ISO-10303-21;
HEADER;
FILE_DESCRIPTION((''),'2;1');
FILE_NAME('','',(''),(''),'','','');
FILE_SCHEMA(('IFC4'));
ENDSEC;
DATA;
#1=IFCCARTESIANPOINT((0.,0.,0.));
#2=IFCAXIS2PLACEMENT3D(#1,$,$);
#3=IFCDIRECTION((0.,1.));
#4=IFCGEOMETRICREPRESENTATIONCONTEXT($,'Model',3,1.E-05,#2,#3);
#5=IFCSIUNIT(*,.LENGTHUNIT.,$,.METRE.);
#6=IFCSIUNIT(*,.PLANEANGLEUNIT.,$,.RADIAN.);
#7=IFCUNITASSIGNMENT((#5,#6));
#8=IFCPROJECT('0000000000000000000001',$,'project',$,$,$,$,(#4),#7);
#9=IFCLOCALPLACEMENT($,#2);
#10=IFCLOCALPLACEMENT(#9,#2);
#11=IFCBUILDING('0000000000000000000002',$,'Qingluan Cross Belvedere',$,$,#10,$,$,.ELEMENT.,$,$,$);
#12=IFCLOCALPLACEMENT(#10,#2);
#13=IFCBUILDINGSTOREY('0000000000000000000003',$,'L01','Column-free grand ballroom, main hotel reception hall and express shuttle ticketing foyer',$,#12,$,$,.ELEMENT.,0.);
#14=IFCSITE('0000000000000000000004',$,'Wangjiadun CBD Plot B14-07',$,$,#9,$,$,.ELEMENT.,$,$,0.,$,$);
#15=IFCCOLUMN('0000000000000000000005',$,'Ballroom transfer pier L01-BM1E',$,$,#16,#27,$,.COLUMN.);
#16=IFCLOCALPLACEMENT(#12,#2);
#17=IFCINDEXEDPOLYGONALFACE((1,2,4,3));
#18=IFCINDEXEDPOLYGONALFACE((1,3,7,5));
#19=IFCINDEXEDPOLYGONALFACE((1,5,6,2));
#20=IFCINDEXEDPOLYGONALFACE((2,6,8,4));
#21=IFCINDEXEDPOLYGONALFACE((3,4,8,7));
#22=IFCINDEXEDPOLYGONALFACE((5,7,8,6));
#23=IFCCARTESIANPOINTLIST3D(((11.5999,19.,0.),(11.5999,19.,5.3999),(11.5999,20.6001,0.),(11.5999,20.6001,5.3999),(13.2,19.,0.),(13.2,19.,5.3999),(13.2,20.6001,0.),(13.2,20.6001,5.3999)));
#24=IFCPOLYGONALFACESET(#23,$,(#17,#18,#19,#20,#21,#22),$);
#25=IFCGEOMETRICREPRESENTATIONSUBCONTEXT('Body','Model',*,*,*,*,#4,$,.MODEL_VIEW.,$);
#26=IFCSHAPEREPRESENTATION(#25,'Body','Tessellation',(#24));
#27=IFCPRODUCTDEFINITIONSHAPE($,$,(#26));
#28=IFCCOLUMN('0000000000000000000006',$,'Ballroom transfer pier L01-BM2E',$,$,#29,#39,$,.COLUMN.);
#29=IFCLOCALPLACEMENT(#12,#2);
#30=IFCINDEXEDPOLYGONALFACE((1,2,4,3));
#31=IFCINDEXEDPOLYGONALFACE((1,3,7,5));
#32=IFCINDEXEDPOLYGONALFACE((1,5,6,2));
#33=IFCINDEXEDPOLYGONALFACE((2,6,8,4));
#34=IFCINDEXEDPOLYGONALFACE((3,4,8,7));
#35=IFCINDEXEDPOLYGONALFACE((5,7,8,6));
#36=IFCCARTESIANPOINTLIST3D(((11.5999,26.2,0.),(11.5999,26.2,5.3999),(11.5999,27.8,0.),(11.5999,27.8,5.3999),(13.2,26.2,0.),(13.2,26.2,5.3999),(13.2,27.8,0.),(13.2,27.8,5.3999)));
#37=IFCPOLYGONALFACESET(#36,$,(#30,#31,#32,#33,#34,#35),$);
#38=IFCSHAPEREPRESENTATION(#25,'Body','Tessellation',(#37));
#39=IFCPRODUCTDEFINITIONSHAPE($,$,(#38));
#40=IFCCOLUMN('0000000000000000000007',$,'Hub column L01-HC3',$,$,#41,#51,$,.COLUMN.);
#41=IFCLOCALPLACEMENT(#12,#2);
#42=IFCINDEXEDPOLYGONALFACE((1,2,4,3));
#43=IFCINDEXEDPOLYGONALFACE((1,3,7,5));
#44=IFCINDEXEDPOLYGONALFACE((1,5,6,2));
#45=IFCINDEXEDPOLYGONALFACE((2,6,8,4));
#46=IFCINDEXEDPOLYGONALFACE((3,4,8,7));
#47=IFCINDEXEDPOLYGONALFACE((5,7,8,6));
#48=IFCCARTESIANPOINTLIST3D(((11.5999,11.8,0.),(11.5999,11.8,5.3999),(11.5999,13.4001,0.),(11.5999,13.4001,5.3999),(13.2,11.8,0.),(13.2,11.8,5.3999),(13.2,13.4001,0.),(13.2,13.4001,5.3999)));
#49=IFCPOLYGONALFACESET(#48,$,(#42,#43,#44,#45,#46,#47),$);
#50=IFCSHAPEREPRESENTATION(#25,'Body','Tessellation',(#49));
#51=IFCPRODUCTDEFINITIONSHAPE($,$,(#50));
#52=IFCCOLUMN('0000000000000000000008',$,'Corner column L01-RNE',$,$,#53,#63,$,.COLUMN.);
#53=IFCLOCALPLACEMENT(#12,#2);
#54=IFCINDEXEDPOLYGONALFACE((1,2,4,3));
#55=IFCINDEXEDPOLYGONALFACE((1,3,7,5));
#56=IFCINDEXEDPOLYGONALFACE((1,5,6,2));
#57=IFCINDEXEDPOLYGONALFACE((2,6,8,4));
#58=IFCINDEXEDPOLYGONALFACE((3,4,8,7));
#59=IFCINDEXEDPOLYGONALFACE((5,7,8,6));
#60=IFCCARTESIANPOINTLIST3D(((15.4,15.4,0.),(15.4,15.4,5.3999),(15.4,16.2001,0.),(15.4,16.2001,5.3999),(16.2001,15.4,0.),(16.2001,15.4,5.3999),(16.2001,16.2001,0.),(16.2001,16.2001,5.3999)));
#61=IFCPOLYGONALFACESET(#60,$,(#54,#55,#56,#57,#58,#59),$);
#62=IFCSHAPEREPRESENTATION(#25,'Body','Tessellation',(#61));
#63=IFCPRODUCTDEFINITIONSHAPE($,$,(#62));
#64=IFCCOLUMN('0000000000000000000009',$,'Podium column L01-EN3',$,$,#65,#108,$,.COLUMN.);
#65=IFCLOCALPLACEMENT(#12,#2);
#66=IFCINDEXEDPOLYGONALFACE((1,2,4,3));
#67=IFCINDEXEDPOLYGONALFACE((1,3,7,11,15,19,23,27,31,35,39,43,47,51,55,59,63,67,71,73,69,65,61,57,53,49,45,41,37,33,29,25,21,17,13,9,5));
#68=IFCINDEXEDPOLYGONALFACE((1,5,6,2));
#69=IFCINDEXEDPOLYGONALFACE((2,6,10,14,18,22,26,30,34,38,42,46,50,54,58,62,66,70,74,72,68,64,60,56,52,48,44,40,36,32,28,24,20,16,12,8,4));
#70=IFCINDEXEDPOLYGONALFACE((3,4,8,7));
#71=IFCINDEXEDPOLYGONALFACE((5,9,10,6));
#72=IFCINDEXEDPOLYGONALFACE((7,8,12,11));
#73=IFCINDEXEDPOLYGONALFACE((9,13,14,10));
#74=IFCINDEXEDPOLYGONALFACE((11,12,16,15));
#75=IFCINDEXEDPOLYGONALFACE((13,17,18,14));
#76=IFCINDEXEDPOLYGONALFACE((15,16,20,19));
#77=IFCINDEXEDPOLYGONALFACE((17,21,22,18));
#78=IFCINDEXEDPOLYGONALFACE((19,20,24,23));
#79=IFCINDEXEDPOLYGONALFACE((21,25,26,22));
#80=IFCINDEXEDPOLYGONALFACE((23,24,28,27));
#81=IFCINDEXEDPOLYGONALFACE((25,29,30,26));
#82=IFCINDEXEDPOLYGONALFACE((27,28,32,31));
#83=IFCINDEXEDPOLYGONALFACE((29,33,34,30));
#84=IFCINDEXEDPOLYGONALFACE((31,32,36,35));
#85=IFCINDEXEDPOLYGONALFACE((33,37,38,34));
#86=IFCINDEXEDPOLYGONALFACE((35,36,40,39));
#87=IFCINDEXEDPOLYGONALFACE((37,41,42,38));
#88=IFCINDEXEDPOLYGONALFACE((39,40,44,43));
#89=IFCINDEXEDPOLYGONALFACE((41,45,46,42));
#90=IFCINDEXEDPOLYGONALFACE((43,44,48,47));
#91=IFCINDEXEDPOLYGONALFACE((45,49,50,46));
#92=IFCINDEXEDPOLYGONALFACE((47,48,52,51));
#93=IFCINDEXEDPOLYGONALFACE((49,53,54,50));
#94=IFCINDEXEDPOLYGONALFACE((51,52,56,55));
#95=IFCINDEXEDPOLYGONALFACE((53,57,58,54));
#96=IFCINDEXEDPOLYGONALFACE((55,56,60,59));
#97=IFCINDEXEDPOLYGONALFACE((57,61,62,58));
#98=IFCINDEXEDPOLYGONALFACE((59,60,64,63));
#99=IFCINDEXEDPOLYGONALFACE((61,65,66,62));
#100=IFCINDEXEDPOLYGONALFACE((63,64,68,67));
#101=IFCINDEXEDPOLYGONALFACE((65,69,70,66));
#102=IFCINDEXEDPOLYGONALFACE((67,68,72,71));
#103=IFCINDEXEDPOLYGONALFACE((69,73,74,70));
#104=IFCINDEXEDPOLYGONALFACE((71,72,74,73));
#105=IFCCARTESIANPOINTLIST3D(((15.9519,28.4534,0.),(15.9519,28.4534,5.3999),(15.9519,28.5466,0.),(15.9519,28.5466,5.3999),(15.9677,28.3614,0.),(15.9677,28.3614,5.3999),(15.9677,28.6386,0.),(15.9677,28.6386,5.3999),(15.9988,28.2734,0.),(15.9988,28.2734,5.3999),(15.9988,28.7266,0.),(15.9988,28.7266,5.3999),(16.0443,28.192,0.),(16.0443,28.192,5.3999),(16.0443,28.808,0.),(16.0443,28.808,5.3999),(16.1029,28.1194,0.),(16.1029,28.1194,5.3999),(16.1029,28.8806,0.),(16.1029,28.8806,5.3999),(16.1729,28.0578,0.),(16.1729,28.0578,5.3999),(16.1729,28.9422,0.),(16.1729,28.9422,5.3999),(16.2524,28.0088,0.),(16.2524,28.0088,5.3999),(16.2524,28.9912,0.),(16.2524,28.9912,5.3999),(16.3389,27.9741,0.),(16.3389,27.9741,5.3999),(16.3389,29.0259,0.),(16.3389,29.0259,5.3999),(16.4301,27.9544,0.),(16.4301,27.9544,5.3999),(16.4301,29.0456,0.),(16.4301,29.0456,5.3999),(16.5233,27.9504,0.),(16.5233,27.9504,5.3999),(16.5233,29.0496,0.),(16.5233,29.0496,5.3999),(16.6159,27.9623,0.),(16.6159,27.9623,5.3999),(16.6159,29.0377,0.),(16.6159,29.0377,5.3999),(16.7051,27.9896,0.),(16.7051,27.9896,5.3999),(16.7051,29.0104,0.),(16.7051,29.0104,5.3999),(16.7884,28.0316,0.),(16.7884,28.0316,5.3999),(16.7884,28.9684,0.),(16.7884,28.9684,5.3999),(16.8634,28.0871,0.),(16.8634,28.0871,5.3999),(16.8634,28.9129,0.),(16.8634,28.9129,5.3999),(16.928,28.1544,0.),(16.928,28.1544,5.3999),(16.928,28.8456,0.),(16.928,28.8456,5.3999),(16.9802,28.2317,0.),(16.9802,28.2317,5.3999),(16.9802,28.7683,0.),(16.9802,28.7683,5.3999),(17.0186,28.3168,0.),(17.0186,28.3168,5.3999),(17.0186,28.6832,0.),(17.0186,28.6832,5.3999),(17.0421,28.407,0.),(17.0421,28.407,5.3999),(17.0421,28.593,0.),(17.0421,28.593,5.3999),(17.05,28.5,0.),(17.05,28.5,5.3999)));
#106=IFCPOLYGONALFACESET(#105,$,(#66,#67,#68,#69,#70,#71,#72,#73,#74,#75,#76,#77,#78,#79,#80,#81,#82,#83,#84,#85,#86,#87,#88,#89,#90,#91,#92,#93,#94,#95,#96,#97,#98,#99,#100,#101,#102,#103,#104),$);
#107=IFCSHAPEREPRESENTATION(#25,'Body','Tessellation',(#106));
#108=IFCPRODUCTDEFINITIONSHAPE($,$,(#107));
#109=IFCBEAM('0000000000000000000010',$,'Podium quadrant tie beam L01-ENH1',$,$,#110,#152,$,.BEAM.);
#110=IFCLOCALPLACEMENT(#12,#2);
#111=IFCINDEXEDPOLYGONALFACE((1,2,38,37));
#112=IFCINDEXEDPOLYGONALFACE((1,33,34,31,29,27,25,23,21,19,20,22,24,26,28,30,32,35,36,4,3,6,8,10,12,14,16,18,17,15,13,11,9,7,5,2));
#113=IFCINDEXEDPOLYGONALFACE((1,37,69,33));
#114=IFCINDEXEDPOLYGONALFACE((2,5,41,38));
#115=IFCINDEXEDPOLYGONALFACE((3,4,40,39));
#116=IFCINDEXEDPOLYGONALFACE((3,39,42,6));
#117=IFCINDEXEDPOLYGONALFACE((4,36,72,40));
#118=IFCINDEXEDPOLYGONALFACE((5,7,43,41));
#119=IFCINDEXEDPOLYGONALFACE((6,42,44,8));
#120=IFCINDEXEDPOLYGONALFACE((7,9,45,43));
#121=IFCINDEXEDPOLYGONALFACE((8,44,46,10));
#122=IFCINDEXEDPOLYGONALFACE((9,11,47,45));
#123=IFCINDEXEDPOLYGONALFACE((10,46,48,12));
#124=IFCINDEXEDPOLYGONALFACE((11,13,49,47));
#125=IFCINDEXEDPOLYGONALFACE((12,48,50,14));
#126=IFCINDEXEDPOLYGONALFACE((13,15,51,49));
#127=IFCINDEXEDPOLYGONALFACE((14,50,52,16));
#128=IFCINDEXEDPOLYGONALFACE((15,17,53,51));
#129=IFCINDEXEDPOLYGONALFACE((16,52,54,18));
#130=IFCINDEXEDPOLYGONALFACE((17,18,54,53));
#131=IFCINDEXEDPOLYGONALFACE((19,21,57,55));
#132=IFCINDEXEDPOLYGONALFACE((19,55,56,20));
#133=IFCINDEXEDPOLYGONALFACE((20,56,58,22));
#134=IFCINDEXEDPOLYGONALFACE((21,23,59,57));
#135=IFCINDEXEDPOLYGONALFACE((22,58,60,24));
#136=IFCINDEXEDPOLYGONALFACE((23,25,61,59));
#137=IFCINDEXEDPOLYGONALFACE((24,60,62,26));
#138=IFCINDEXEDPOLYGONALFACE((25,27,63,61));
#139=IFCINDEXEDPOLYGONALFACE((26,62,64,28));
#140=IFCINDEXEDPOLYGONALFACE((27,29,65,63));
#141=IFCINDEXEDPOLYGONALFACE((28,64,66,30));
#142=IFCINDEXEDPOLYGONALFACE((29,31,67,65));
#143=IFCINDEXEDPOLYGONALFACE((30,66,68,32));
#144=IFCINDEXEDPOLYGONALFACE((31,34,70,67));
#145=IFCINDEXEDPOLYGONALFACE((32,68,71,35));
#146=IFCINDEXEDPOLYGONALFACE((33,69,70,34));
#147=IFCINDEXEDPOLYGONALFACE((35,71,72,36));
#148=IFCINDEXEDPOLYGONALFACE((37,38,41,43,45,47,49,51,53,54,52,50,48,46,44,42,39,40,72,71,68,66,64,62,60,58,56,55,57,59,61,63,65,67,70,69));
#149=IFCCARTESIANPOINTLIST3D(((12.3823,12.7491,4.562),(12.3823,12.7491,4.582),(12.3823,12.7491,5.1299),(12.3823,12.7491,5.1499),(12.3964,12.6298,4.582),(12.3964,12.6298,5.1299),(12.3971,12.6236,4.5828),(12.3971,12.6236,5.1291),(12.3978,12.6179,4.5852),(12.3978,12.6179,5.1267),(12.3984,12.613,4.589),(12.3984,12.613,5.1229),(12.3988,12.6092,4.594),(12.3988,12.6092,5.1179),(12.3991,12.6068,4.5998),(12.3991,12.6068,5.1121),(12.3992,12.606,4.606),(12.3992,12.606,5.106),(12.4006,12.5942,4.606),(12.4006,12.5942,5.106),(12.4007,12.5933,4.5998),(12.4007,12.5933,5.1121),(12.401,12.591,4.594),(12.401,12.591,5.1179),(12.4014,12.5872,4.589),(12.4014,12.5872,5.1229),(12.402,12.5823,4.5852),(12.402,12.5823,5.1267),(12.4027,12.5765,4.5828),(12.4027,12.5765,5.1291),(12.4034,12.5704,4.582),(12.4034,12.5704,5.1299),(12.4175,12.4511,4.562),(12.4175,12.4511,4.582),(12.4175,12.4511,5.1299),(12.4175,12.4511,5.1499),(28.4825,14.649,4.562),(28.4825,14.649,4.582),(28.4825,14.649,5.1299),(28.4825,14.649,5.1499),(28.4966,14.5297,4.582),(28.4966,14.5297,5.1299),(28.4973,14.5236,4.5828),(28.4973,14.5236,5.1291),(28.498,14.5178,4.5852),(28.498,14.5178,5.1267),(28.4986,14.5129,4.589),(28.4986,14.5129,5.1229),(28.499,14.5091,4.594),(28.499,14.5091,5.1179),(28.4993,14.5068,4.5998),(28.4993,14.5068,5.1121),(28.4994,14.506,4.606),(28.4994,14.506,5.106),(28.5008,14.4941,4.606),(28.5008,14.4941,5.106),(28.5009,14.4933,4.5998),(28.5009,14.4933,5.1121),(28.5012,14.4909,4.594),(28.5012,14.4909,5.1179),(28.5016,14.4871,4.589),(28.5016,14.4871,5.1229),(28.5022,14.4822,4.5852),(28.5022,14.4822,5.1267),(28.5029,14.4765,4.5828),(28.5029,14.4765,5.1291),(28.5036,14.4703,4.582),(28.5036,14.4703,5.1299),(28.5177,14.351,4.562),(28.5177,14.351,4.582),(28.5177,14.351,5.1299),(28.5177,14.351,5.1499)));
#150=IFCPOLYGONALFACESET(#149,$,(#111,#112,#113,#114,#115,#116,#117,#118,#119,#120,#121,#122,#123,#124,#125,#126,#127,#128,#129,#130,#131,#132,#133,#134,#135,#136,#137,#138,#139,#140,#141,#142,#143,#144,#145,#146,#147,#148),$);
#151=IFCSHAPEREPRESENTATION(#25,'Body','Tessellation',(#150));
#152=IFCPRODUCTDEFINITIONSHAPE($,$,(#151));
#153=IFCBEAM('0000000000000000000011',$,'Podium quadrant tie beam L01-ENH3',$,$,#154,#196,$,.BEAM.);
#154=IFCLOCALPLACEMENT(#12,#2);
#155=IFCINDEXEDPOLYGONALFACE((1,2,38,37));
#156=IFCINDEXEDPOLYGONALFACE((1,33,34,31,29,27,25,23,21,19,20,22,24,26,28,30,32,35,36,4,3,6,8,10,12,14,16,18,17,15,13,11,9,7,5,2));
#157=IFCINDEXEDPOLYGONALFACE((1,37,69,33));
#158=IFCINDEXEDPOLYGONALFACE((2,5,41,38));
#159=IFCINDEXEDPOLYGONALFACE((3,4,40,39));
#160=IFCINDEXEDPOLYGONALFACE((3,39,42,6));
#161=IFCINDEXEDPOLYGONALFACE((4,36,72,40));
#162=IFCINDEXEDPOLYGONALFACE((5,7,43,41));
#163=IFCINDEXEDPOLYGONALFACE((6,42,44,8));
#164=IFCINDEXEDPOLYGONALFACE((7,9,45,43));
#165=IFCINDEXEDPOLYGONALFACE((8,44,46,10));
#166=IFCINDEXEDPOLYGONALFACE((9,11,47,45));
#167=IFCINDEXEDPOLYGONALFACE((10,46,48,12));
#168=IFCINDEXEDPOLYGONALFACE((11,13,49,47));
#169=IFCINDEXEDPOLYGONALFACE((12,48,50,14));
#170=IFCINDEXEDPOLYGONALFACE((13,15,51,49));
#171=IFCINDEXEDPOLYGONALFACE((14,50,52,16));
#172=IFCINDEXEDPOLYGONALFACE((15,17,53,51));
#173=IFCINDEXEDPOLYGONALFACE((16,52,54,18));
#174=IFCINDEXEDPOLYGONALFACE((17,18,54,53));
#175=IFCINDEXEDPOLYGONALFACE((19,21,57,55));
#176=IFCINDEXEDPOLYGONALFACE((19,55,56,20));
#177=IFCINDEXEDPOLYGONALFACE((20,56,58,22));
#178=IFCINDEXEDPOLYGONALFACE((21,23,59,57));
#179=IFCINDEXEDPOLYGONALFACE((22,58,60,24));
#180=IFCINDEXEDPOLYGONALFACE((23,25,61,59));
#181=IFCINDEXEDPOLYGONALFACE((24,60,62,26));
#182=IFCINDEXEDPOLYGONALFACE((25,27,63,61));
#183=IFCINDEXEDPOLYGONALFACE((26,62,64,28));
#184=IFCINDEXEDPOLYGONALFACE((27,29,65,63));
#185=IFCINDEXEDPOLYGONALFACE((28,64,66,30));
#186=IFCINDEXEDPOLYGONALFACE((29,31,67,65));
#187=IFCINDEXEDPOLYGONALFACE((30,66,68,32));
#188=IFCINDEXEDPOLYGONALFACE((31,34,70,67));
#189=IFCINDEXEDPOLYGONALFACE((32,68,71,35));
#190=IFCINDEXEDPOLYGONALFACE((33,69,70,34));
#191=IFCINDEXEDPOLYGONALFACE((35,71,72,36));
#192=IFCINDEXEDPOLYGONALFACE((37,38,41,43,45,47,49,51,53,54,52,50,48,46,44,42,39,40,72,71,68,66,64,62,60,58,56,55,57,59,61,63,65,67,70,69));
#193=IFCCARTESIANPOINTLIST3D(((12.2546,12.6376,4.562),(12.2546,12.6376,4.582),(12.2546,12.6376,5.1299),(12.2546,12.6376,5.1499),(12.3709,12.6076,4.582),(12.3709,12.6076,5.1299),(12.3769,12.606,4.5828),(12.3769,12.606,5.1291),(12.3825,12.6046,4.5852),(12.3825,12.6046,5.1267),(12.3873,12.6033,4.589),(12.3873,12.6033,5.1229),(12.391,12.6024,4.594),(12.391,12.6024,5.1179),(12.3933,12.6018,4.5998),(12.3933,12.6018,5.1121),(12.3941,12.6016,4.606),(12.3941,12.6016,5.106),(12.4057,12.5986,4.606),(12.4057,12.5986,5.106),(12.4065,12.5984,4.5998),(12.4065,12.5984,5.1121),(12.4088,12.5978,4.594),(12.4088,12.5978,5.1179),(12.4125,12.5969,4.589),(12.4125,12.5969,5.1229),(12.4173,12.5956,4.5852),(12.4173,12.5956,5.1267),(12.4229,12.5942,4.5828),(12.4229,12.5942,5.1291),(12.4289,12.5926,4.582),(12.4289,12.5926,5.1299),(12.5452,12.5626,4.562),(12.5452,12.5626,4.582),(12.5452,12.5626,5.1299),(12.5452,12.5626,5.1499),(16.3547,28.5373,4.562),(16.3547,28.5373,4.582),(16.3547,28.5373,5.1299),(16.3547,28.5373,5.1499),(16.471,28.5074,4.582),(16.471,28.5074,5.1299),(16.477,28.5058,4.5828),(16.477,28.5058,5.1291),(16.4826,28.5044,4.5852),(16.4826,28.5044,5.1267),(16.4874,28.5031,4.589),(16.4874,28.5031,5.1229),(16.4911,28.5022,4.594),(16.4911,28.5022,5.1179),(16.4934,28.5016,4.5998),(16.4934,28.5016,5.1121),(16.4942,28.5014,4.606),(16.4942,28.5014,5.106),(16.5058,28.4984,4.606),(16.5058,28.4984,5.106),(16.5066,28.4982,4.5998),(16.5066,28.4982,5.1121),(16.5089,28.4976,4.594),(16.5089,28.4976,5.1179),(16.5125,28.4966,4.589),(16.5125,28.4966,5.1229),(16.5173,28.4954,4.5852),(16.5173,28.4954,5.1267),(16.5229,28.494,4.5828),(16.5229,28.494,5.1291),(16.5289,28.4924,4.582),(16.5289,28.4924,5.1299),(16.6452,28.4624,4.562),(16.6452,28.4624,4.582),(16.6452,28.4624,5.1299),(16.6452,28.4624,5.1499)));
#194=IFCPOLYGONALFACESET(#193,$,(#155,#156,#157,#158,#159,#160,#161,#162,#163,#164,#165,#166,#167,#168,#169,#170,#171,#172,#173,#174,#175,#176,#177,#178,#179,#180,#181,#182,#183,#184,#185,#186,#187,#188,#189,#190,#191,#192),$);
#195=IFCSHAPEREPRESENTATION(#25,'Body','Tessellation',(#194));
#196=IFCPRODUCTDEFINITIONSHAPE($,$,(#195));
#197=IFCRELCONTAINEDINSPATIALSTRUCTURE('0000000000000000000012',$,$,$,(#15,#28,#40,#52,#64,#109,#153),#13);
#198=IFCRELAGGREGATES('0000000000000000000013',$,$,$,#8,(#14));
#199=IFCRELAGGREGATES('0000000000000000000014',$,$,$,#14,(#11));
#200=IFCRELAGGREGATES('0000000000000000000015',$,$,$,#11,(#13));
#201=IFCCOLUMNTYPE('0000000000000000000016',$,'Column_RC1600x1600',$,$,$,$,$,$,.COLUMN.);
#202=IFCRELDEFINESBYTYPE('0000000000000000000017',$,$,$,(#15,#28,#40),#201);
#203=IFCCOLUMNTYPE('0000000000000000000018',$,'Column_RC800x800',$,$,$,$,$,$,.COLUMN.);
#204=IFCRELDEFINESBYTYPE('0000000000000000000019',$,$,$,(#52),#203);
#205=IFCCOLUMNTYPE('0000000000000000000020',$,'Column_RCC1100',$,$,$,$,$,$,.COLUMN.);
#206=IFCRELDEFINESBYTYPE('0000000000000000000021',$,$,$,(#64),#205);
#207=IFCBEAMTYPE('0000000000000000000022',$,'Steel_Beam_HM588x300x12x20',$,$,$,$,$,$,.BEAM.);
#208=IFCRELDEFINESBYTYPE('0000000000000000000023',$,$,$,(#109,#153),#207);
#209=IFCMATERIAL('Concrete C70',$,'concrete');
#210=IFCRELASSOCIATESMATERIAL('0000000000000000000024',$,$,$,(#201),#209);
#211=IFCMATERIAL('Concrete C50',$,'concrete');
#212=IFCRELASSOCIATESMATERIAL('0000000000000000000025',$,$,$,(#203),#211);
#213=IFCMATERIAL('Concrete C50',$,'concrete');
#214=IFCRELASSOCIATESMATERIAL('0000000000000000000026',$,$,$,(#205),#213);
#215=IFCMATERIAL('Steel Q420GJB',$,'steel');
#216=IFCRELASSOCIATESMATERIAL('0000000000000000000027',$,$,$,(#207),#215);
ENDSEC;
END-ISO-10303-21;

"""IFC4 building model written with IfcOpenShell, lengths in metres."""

from ifc_helpers import new_model, si_unit, direction, frame, origin, origin_2d, place, context, subcontext, project, spatial, rectangle, circle, i_section, extrude, material, material_profile, profile_set, type_object, element, save


model = new_model("IFC4")

# Units and contexts
model_context = context("Model", 3, precision=1e-05, world=origin(), true_north=direction((0.0, 1.0)))
body_context = subcontext(model_context, "Body", "Model", "MODEL_VIEW")
ifc_project = project(units=[si_unit("LENGTHUNIT", "METRE"), si_unit("PLANEANGLEUNIT", "RADIAN")], contexts=[model_context])

# Site, building, storey
site_placement = place(None, origin())
site = spatial("IfcSite", under=ifc_project, at=site_placement, Name="Wangjiadun CBD Plot B14-07", CompositionType="ELEMENT", RefElevation=0.0)
building_placement = place(site_placement, origin())
building = spatial("IfcBuilding", under=site, at=building_placement, Name="Qingluan Cross Belvedere", CompositionType="ELEMENT")
storey_placement = place(building_placement, origin())
storey = spatial("IfcBuildingStorey", under=building, at=storey_placement, Name="L01", Description="Column-free grand ballroom, main hotel reception hall and express shuttle ticketing foyer", CompositionType="ELEMENT", Elevation=0.0)

# Columns
ifc_material_1 = material(Name="Concrete C70", Category="concrete")
ifc_material_profile_1 = material_profile(ifc_material_1, rectangle(XDim=1.6001, YDim=1.6001, at=origin_2d()), Name="RC1600x1600")
ifc_profile_set_1 = profile_set([ifc_material_profile_1], Name="Concrete C70")
column_type_1 = type_object("IfcColumnType", Name="Column_RC1600x1600", PredefinedType="COLUMN", material=ifc_profile_set_1)
for number, where, z_axis, x_axis, name in (
    (1, (12.3999, 19.8, 0.0), (0.0, 0.0, 1.0), (1.0, 0.0, 0.0), "Ballroom transfer pier L01-BM1E"),
    (2, (12.3999, 27.0, 0.0), (0.0, 0.0, 1.0), (1.0, 0.0, 0.0), "Ballroom transfer pier L01-BM2E"),
    (3, (12.3999, 12.6001, 0.0), (0.0, 0.0, 1.0), (1.0, 0.0, 0.0), "Hub column L01-HC3"),
):
    element("IfcColumn", number, at=place(storey_placement, frame(where, z_axis=z_axis, x_axis=x_axis)), inside=storey, type_object=column_type_1, Name=name, PredefinedType="COLUMN", context=body_context, shape_type="SweptSolid", body=[
        extrude(rectangle(XDim=1.6001, YDim=1.6001, at=origin_2d()), origin(), (0.0, 0.0, 1.0), 5.3999),
    ])
ifc_material_2 = material(Name="Concrete C50", Category="concrete")
ifc_material_profile_2 = material_profile(ifc_material_2, rectangle(XDim=0.8, YDim=0.8, at=origin_2d()), Name="RC800x800")
ifc_profile_set_2 = profile_set([ifc_material_profile_2], Name="Concrete C50")
column_type_2 = type_object("IfcColumnType", Name="Column_RC800x800", PredefinedType="COLUMN", material=ifc_profile_set_2)
column_1_placement = place(storey_placement, frame((15.8, 15.8, 0.0), z_axis=(0.0, 0.0, 1.0), x_axis=(1.0, 0.0, 0.0)))
element("IfcColumn", 4, at=column_1_placement, inside=storey, type_object=column_type_2, Name="Corner column L01-RNE", PredefinedType="COLUMN", context=body_context, shape_type="SweptSolid", body=[
    extrude(rectangle(XDim=0.8, YDim=0.8, at=origin_2d()), origin(), (0.0, 0.0, 1.0), 5.3999),
])
ifc_material_3 = material(Name="Concrete C50", Category="concrete")
ifc_material_profile_3 = material_profile(ifc_material_3, circle(Radius=0.55, at=origin_2d()), Name="RCC1100")
ifc_profile_set_3 = profile_set([ifc_material_profile_3], Name="Concrete C50")
column_type_3 = type_object("IfcColumnType", Name="Column_RCC1100", PredefinedType="COLUMN", material=ifc_profile_set_3)
column_2_placement = place(storey_placement, frame((16.5, 28.5, 0.0), z_axis=(0.0, 0.0, 1.0), x_axis=(1.0, 0.0, 0.0)))
element("IfcColumn", 5, at=column_2_placement, inside=storey, type_object=column_type_3, Name="Podium column L01-EN3", PredefinedType="COLUMN", context=body_context, shape_type="SweptSolid", body=[
    extrude(circle(Radius=0.55, at=origin_2d()), origin(), (0.0, 0.0, 1.0), 5.3999),
])

# Beams
ifc_material_4 = material(Name="Steel Q420GJB", Category="steel")
ifc_material_profile_4 = material_profile(ifc_material_4, i_section(OverallWidth=0.3, OverallDepth=0.5879, WebThickness=0.012, FlangeThickness=0.02, FilletRadius=0.0239, at=origin_2d()), Name="HM588x300x12x20")
ifc_profile_set_4 = profile_set([ifc_material_profile_4], Name="Steel Q420GJB")
beam_type_1 = type_object("IfcBeamType", Name="Steel_Beam_HM588x300x12x20", PredefinedType="BEAM", material=ifc_profile_set_4)
beam_1_placement = place(storey_placement, frame((12.3999, 12.6001, 4.856), z_axis=(0.993109, 0.117192, 0.0), x_axis=(-0.117192, 0.993109, 0.0)))
element("IfcBeam", 6, at=beam_1_placement, inside=storey, type_object=beam_type_1, Name="Podium quadrant tie beam L01-ENH1", PredefinedType="BEAM", context=body_context, shape_type="SweptSolid", body=[
    extrude(i_section(OverallWidth=0.3, OverallDepth=0.5879, WebThickness=0.012, FlangeThickness=0.02, FilletRadius=0.0239, at=origin_2d()), origin(), (0.0, 0.0, 1.0), 16.2119),
])
beam_2_placement = place(storey_placement, frame((12.3999, 12.6001, 4.856), z_axis=(0.249701, 0.968323, 0.0), x_axis=(-0.968323, 0.249701, 0.0)))
element("IfcBeam", 7, at=beam_2_placement, inside=storey, type_object=beam_type_1, Name="Podium quadrant tie beam L01-ENH3", PredefinedType="BEAM", context=body_context, shape_type="SweptSolid", body=[
    extrude(i_section(OverallWidth=0.3, OverallDepth=0.5879, WebThickness=0.012, FlangeThickness=0.02, FilletRadius=0.0239, at=origin_2d()), origin(), (0.0, 0.0, 1.0), 16.4199),
])

save(model, "model.ifc")
